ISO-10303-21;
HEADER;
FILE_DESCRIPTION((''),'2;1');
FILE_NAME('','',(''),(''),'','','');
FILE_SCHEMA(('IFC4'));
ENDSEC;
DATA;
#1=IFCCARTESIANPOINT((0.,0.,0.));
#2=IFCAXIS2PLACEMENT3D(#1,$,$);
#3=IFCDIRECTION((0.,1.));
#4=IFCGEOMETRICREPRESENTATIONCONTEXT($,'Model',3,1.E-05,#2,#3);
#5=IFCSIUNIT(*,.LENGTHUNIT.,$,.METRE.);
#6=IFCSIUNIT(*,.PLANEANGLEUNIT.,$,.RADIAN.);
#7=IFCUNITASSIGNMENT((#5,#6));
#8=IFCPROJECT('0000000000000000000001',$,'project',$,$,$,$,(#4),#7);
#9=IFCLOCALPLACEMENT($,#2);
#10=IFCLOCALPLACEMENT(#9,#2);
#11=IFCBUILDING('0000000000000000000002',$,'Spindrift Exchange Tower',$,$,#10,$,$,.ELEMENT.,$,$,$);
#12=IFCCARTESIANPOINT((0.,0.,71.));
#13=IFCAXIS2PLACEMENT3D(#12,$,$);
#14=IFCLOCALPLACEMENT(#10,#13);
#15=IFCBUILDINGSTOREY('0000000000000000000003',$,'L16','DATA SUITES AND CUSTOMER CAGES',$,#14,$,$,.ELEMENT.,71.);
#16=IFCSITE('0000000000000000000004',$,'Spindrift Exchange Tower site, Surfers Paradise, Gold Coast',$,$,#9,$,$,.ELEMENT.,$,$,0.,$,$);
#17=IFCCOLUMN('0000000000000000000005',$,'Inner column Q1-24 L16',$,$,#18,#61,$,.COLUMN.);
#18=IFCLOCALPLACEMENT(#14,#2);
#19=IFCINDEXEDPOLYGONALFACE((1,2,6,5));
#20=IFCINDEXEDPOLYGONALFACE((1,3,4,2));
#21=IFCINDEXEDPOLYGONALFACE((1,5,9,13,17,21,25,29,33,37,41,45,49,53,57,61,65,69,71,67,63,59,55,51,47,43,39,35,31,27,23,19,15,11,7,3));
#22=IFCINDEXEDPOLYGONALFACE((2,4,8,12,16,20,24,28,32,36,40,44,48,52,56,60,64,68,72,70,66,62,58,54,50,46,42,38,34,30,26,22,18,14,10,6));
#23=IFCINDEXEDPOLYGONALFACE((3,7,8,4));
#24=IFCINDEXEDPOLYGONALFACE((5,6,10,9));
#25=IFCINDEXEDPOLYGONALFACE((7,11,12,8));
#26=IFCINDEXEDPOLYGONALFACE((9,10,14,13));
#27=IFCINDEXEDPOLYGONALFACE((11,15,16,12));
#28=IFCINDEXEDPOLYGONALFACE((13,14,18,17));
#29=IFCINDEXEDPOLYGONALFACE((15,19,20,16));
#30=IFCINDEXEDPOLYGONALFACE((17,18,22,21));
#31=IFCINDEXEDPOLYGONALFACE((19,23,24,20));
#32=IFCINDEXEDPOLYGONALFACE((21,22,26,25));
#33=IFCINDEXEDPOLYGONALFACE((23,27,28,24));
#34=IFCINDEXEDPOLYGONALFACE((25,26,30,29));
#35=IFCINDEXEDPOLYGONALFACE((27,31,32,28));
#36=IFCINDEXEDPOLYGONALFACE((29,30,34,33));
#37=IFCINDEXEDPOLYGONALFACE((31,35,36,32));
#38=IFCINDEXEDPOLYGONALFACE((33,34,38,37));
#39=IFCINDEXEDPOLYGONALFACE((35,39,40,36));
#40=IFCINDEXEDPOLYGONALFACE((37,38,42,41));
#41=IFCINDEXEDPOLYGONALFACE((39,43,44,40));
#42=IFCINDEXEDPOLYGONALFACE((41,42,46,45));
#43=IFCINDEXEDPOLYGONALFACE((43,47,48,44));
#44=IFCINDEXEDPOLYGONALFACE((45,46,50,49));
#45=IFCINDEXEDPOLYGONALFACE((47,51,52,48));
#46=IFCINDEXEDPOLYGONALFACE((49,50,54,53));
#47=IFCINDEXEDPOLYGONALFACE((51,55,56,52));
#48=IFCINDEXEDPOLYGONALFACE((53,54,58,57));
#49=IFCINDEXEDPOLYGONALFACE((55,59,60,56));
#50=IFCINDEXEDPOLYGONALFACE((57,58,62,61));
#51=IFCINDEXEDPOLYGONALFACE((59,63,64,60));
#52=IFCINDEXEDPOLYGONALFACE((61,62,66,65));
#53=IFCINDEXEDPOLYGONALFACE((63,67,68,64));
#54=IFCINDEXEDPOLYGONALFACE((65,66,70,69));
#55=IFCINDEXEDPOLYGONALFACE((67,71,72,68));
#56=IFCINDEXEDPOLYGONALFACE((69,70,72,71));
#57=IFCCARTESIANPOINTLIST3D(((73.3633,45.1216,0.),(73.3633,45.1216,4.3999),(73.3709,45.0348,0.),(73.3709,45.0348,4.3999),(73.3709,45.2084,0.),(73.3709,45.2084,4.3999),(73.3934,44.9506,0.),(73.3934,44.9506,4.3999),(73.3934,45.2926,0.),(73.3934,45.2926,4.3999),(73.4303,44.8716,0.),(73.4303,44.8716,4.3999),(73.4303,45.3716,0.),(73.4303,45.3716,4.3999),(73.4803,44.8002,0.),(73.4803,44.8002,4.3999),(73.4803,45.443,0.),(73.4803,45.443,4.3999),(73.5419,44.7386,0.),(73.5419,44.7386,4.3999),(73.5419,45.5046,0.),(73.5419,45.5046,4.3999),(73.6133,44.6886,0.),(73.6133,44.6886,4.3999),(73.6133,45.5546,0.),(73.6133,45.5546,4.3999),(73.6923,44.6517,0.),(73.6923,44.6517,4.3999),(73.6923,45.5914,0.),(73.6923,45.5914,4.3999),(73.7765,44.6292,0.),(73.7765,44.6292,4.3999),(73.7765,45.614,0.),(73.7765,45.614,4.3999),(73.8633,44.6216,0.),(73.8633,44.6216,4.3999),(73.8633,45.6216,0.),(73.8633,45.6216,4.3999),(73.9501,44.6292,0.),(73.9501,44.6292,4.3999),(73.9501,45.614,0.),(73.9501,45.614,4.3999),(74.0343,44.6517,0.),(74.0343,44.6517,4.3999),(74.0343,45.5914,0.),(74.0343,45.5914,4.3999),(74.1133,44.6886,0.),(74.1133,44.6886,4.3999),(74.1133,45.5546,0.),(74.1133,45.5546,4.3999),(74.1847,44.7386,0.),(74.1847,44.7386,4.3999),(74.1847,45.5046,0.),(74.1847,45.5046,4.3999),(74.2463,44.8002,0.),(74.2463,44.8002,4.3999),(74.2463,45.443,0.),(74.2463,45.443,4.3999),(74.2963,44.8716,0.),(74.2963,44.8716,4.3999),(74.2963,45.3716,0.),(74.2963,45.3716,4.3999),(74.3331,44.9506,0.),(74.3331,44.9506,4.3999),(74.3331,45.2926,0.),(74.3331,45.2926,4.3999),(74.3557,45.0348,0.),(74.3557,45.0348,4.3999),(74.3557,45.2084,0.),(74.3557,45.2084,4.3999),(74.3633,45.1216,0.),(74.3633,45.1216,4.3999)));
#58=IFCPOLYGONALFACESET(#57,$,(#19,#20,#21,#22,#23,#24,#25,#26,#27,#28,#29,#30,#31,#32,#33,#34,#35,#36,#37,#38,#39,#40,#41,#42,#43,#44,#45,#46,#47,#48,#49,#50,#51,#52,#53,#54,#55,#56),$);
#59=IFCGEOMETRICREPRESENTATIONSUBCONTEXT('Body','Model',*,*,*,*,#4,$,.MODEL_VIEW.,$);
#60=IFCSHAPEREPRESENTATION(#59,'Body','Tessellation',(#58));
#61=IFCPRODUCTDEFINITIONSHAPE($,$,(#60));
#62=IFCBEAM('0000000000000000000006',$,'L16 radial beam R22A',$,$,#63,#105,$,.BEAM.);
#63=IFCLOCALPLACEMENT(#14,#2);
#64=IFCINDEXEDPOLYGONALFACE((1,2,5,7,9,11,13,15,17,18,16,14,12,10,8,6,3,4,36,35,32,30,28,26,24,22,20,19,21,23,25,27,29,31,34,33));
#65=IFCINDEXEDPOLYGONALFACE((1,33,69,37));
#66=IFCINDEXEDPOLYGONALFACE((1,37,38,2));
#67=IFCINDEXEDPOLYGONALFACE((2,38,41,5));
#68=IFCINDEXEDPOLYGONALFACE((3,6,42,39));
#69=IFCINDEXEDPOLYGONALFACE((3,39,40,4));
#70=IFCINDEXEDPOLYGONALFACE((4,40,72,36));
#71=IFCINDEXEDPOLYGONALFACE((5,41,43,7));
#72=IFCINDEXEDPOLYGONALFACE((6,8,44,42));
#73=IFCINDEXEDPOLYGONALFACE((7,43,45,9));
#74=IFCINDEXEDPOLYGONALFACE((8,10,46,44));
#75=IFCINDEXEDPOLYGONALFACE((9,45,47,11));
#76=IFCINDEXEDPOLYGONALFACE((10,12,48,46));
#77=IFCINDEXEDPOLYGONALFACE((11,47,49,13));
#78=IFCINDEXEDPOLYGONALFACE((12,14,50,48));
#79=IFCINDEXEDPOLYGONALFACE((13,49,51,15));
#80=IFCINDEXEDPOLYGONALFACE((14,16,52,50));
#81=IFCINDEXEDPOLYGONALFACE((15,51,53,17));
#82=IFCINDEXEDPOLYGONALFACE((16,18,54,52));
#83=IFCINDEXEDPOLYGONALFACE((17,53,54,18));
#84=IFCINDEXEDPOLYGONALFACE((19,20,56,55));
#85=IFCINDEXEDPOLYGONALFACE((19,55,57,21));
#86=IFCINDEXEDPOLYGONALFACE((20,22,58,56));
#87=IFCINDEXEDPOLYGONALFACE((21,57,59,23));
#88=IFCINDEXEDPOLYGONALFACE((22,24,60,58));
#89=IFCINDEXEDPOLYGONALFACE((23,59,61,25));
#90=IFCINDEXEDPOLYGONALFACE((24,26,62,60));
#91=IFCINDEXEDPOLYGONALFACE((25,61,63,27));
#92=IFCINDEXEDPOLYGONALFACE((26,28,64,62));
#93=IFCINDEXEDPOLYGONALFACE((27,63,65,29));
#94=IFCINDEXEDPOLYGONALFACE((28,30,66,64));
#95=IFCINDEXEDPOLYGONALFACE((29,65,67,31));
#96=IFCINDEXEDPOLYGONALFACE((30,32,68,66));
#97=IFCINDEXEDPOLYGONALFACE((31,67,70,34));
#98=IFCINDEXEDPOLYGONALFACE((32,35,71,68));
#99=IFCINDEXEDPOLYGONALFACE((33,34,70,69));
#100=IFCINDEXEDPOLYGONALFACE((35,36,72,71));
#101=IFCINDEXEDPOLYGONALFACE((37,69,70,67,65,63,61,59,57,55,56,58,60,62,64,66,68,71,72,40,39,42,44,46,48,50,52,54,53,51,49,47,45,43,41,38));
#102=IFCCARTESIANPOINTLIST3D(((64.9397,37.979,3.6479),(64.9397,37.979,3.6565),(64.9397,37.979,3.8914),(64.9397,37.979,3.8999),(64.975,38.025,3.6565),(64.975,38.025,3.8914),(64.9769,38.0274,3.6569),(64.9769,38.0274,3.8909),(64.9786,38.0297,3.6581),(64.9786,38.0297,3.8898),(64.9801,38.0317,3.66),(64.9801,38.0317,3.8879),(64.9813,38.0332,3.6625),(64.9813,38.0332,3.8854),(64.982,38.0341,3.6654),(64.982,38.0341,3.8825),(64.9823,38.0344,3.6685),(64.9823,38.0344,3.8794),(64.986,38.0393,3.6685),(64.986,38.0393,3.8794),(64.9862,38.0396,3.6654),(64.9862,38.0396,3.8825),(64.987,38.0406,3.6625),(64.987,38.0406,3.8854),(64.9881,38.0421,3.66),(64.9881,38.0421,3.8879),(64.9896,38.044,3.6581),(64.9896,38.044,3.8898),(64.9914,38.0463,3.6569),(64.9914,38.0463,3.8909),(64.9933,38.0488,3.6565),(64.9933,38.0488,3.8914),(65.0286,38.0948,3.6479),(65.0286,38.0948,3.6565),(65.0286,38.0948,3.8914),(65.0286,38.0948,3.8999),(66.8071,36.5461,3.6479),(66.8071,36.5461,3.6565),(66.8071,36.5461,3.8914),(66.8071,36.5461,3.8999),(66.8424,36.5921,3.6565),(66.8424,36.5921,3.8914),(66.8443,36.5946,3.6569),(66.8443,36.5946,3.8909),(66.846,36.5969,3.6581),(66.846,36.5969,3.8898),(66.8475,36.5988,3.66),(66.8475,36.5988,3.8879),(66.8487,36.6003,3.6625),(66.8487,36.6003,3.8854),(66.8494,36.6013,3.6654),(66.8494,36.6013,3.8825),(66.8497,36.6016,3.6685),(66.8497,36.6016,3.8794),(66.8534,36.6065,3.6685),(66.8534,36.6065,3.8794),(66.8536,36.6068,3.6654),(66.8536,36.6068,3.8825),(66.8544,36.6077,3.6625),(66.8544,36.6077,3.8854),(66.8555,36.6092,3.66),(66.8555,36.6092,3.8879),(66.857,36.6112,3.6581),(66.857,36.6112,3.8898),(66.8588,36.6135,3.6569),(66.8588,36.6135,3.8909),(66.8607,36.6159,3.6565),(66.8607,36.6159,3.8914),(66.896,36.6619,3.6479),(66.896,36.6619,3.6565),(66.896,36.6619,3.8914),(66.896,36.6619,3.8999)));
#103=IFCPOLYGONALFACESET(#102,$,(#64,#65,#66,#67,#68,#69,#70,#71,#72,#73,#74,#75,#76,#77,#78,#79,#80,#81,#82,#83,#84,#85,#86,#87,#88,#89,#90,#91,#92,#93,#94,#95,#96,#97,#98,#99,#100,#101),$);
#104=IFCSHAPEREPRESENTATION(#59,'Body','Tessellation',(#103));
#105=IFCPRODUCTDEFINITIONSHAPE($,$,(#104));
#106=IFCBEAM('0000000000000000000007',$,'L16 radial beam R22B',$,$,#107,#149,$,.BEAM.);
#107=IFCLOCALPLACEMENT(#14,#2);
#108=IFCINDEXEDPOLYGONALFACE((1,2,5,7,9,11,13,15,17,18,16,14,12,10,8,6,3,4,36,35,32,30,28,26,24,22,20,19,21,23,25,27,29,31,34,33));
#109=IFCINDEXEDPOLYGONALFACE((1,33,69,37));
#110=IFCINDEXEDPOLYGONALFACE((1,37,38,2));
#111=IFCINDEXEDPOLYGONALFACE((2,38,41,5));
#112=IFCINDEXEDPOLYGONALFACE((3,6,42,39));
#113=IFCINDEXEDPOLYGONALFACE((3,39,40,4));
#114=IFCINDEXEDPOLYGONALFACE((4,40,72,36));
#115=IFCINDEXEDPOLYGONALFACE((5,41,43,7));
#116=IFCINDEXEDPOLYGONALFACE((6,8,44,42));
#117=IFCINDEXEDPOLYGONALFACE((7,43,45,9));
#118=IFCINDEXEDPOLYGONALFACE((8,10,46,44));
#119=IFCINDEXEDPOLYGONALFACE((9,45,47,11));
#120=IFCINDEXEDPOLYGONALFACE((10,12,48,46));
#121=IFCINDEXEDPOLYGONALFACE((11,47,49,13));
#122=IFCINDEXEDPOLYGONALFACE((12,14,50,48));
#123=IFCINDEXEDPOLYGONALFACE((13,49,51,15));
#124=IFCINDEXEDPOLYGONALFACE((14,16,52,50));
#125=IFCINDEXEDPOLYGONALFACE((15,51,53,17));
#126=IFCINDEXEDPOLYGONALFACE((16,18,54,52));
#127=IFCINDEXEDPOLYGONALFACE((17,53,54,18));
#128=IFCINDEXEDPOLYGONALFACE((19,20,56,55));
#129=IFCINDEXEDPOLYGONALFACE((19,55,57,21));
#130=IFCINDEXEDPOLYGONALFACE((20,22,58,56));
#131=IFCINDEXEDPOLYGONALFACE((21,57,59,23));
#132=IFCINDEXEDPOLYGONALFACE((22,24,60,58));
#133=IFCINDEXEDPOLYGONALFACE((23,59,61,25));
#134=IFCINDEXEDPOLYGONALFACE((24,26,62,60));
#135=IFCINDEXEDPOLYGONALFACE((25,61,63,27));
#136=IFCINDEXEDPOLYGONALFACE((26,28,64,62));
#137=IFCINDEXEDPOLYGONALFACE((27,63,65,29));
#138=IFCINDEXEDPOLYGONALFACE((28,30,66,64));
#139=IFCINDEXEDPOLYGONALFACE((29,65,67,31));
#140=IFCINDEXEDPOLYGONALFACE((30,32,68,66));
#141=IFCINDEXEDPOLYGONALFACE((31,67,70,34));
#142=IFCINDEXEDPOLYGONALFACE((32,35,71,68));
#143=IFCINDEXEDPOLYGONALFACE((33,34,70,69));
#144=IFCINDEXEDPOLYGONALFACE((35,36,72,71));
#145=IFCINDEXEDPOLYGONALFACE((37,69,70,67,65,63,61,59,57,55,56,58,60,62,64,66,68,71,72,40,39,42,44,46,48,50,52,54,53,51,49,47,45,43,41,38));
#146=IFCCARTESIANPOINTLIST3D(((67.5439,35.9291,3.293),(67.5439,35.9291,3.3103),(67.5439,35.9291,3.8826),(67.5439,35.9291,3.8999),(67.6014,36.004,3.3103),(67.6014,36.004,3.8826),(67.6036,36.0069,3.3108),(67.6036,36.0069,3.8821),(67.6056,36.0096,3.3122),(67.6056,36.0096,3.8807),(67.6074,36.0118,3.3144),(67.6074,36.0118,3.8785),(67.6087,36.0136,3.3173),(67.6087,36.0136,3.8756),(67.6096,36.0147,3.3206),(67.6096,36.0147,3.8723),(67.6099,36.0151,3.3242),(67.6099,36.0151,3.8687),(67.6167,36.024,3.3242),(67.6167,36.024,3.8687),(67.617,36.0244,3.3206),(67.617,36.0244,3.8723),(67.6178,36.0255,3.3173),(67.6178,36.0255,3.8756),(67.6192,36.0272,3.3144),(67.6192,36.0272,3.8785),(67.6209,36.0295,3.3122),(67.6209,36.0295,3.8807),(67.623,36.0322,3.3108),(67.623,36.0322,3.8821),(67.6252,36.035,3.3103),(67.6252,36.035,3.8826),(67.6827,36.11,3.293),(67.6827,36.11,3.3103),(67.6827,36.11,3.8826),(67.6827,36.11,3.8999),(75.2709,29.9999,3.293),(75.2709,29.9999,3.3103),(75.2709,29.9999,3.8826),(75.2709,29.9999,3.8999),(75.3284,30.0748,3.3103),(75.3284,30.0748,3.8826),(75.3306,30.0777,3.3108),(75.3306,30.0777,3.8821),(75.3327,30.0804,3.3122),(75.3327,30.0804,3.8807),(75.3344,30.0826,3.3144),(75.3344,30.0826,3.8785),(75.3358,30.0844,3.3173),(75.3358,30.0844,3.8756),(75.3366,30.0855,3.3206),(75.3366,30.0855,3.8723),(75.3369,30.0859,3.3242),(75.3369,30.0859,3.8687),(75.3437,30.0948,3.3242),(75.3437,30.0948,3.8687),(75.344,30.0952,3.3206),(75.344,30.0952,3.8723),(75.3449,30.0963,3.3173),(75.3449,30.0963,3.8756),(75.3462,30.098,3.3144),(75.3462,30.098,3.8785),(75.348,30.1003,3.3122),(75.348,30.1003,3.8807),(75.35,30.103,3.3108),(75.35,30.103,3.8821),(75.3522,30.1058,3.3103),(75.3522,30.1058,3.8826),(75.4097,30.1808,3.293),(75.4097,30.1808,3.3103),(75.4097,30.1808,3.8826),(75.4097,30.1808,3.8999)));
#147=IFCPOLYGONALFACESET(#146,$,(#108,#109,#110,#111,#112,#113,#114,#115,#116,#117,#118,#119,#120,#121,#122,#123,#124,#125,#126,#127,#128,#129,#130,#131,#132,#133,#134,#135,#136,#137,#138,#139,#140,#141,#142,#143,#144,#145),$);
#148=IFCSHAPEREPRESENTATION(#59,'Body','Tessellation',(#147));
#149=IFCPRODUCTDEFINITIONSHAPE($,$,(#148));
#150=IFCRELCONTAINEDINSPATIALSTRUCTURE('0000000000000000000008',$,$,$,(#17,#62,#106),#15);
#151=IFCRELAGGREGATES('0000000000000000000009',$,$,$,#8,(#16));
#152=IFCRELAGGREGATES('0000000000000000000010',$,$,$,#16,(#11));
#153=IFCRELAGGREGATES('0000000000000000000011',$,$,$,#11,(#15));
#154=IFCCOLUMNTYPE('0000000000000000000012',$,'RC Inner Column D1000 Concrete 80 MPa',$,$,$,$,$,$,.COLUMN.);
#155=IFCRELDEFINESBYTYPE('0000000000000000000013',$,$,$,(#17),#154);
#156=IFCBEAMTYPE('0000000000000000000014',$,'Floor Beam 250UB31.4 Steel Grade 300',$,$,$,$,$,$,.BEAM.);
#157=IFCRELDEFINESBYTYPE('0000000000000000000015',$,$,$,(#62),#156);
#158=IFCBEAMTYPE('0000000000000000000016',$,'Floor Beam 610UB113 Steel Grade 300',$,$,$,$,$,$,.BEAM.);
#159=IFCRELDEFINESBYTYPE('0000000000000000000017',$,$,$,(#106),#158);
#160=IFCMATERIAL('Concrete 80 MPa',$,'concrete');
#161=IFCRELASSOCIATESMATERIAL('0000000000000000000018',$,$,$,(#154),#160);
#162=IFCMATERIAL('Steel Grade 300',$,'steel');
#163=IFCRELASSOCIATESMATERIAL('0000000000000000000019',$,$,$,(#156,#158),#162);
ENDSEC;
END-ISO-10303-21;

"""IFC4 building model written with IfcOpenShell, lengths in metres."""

from ifc_helpers import new_model, si_unit, direction, frame, origin, origin_2d, place, context, subcontext, project, spatial, circle, i_section, extrude, source, transform, mapped, material, material_profile, profile_set, type_object, element, save


model = new_model("IFC4")

# Units and contexts
model_context = context("Model", 3, precision=1e-05, world=origin(), true_north=direction((0.0, 1.0)))
body_context = subcontext(model_context, "Body", "Model", "MODEL_VIEW")
ifc_project = project(units=[si_unit("LENGTHUNIT", "METRE"), si_unit("PLANEANGLEUNIT", "RADIAN")], contexts=[model_context])

# Site, building, storey
site_placement = place(None, origin())
site = spatial("IfcSite", under=ifc_project, at=site_placement, Name="Spindrift Exchange Tower site, Surfers Paradise, Gold Coast", CompositionType="ELEMENT", RefElevation=0.0)
building_placement = place(site_placement, origin())
building = spatial("IfcBuilding", under=site, at=building_placement, Name="Spindrift Exchange Tower", CompositionType="ELEMENT")
storey_placement = place(building_placement, frame((0.0, 0.0, 71.0)))
storey = spatial("IfcBuildingStorey", under=building, at=storey_placement, Name="L16", Description="DATA SUITES AND CUSTOMER CAGES", CompositionType="ELEMENT", Elevation=71.0)

# Column
ifc_material_1 = material(Name="Concrete 80 MPa", Category="concrete")
ifc_material_profile_1 = material_profile(ifc_material_1, circle(Radius=0.5, at=origin_2d()), Name="RC D1000")
ifc_profile_set_1 = profile_set([ifc_material_profile_1], Name="Concrete 80 MPa")
column_type_1 = type_object("IfcColumnType", Name="RC Inner Column D1000 Concrete 80 MPa", PredefinedType="COLUMN", material=ifc_profile_set_1)
shared_shape_1 = source(origin(), body_context, "Body", "SweptSolid", [
    extrude(circle(Radius=0.5, at=origin_2d()), origin(), (0.0, 0.0, 1.0), 4.3999),
])
for number, where, z_axis, x_axis, name in (
    (1, (73.8633, 45.1216, 0.0), (0.0, 0.0, 1.0), (1.0, 0.0, 0.0), "Inner column Q1-24 L16"),
):
    element("IfcColumn", number, at=place(storey_placement, frame(where, z_axis=z_axis, x_axis=x_axis)), inside=storey, type_object=column_type_1, Name=name, PredefinedType="COLUMN", context=body_context, shape_type="MappedRepresentation", body=[
        mapped(shared_shape_1, transform((0.0, 0.0, 0.0), scale=1.0)),
    ])

# Beams
ifc_material_2 = material(Name="Steel Grade 300", Category="steel")
ifc_material_profile_2 = material_profile(ifc_material_2, i_section(OverallWidth=0.146, OverallDepth=0.252, WebThickness=0.0061, FlangeThickness=0.0085, FilletRadius=0.012, at=origin_2d()), Name="250UB31.4")
ifc_profile_set_2 = profile_set([ifc_material_profile_2], Name="Steel Grade 300")
beam_type_1 = type_object("IfcBeamType", Name="Floor Beam 250UB31.4 Steel Grade 300", PredefinedType="BEAM", material=ifc_profile_set_2)
shared_shape_2 = source(origin(), body_context, "Body", "SweptSolid", [
    extrude(i_section(OverallWidth=0.146, OverallDepth=0.252, WebThickness=0.0061, FlangeThickness=0.0085, FilletRadius=0.012, at=origin_2d()), origin(), (0.0, 0.0, 1.0), 2.3538),
])
beam_1_placement = place(storey_placement, frame((64.9841, 38.0369, 3.7739), z_axis=(0.793368, -0.608743, 0.0), x_axis=(0.608743, 0.793368, 0.0)))
element("IfcBeam", 2, at=beam_1_placement, inside=storey, type_object=beam_type_1, Name="L16 radial beam R22A", PredefinedType="BEAM", context=body_context, shape_type="MappedRepresentation", body=[
    mapped(shared_shape_2, transform((0.0, 0.0, 0.0), scale=1.0)),
])
ifc_material_profile_3 = material_profile(ifc_material_2, i_section(OverallWidth=0.228, OverallDepth=0.6069, WebThickness=0.0112, FlangeThickness=0.0173, FilletRadius=0.0139, at=origin_2d()), Name="610UB113")
ifc_profile_set_3 = profile_set([ifc_material_profile_3], Name="Steel Grade 300")
beam_type_2 = type_object("IfcBeamType", Name="Floor Beam 610UB113 Steel Grade 300", PredefinedType="BEAM", material=ifc_profile_set_3)
shared_shape_3 = source(origin(), body_context, "Body", "SweptSolid", [
    extrude(i_section(OverallWidth=0.228, OverallDepth=0.6069, WebThickness=0.0112, FlangeThickness=0.0173, FilletRadius=0.0139, at=origin_2d()), origin(), (0.0, 0.0, 1.0), 9.7397),
])
beam_2_placement = place(storey_placement, frame((67.6133, 36.0195, 3.5964), z_axis=(0.793352, -0.608763, 0.0), x_axis=(0.608763, 0.793352, 0.0)))
element("IfcBeam", 3, at=beam_2_placement, inside=storey, type_object=beam_type_2, Name="L16 radial beam R22B", PredefinedType="BEAM", context=body_context, shape_type="MappedRepresentation", body=[
    mapped(shared_shape_3, transform((0.0, 0.0, 0.0), scale=1.0)),
])

save(model, "model.ifc")
